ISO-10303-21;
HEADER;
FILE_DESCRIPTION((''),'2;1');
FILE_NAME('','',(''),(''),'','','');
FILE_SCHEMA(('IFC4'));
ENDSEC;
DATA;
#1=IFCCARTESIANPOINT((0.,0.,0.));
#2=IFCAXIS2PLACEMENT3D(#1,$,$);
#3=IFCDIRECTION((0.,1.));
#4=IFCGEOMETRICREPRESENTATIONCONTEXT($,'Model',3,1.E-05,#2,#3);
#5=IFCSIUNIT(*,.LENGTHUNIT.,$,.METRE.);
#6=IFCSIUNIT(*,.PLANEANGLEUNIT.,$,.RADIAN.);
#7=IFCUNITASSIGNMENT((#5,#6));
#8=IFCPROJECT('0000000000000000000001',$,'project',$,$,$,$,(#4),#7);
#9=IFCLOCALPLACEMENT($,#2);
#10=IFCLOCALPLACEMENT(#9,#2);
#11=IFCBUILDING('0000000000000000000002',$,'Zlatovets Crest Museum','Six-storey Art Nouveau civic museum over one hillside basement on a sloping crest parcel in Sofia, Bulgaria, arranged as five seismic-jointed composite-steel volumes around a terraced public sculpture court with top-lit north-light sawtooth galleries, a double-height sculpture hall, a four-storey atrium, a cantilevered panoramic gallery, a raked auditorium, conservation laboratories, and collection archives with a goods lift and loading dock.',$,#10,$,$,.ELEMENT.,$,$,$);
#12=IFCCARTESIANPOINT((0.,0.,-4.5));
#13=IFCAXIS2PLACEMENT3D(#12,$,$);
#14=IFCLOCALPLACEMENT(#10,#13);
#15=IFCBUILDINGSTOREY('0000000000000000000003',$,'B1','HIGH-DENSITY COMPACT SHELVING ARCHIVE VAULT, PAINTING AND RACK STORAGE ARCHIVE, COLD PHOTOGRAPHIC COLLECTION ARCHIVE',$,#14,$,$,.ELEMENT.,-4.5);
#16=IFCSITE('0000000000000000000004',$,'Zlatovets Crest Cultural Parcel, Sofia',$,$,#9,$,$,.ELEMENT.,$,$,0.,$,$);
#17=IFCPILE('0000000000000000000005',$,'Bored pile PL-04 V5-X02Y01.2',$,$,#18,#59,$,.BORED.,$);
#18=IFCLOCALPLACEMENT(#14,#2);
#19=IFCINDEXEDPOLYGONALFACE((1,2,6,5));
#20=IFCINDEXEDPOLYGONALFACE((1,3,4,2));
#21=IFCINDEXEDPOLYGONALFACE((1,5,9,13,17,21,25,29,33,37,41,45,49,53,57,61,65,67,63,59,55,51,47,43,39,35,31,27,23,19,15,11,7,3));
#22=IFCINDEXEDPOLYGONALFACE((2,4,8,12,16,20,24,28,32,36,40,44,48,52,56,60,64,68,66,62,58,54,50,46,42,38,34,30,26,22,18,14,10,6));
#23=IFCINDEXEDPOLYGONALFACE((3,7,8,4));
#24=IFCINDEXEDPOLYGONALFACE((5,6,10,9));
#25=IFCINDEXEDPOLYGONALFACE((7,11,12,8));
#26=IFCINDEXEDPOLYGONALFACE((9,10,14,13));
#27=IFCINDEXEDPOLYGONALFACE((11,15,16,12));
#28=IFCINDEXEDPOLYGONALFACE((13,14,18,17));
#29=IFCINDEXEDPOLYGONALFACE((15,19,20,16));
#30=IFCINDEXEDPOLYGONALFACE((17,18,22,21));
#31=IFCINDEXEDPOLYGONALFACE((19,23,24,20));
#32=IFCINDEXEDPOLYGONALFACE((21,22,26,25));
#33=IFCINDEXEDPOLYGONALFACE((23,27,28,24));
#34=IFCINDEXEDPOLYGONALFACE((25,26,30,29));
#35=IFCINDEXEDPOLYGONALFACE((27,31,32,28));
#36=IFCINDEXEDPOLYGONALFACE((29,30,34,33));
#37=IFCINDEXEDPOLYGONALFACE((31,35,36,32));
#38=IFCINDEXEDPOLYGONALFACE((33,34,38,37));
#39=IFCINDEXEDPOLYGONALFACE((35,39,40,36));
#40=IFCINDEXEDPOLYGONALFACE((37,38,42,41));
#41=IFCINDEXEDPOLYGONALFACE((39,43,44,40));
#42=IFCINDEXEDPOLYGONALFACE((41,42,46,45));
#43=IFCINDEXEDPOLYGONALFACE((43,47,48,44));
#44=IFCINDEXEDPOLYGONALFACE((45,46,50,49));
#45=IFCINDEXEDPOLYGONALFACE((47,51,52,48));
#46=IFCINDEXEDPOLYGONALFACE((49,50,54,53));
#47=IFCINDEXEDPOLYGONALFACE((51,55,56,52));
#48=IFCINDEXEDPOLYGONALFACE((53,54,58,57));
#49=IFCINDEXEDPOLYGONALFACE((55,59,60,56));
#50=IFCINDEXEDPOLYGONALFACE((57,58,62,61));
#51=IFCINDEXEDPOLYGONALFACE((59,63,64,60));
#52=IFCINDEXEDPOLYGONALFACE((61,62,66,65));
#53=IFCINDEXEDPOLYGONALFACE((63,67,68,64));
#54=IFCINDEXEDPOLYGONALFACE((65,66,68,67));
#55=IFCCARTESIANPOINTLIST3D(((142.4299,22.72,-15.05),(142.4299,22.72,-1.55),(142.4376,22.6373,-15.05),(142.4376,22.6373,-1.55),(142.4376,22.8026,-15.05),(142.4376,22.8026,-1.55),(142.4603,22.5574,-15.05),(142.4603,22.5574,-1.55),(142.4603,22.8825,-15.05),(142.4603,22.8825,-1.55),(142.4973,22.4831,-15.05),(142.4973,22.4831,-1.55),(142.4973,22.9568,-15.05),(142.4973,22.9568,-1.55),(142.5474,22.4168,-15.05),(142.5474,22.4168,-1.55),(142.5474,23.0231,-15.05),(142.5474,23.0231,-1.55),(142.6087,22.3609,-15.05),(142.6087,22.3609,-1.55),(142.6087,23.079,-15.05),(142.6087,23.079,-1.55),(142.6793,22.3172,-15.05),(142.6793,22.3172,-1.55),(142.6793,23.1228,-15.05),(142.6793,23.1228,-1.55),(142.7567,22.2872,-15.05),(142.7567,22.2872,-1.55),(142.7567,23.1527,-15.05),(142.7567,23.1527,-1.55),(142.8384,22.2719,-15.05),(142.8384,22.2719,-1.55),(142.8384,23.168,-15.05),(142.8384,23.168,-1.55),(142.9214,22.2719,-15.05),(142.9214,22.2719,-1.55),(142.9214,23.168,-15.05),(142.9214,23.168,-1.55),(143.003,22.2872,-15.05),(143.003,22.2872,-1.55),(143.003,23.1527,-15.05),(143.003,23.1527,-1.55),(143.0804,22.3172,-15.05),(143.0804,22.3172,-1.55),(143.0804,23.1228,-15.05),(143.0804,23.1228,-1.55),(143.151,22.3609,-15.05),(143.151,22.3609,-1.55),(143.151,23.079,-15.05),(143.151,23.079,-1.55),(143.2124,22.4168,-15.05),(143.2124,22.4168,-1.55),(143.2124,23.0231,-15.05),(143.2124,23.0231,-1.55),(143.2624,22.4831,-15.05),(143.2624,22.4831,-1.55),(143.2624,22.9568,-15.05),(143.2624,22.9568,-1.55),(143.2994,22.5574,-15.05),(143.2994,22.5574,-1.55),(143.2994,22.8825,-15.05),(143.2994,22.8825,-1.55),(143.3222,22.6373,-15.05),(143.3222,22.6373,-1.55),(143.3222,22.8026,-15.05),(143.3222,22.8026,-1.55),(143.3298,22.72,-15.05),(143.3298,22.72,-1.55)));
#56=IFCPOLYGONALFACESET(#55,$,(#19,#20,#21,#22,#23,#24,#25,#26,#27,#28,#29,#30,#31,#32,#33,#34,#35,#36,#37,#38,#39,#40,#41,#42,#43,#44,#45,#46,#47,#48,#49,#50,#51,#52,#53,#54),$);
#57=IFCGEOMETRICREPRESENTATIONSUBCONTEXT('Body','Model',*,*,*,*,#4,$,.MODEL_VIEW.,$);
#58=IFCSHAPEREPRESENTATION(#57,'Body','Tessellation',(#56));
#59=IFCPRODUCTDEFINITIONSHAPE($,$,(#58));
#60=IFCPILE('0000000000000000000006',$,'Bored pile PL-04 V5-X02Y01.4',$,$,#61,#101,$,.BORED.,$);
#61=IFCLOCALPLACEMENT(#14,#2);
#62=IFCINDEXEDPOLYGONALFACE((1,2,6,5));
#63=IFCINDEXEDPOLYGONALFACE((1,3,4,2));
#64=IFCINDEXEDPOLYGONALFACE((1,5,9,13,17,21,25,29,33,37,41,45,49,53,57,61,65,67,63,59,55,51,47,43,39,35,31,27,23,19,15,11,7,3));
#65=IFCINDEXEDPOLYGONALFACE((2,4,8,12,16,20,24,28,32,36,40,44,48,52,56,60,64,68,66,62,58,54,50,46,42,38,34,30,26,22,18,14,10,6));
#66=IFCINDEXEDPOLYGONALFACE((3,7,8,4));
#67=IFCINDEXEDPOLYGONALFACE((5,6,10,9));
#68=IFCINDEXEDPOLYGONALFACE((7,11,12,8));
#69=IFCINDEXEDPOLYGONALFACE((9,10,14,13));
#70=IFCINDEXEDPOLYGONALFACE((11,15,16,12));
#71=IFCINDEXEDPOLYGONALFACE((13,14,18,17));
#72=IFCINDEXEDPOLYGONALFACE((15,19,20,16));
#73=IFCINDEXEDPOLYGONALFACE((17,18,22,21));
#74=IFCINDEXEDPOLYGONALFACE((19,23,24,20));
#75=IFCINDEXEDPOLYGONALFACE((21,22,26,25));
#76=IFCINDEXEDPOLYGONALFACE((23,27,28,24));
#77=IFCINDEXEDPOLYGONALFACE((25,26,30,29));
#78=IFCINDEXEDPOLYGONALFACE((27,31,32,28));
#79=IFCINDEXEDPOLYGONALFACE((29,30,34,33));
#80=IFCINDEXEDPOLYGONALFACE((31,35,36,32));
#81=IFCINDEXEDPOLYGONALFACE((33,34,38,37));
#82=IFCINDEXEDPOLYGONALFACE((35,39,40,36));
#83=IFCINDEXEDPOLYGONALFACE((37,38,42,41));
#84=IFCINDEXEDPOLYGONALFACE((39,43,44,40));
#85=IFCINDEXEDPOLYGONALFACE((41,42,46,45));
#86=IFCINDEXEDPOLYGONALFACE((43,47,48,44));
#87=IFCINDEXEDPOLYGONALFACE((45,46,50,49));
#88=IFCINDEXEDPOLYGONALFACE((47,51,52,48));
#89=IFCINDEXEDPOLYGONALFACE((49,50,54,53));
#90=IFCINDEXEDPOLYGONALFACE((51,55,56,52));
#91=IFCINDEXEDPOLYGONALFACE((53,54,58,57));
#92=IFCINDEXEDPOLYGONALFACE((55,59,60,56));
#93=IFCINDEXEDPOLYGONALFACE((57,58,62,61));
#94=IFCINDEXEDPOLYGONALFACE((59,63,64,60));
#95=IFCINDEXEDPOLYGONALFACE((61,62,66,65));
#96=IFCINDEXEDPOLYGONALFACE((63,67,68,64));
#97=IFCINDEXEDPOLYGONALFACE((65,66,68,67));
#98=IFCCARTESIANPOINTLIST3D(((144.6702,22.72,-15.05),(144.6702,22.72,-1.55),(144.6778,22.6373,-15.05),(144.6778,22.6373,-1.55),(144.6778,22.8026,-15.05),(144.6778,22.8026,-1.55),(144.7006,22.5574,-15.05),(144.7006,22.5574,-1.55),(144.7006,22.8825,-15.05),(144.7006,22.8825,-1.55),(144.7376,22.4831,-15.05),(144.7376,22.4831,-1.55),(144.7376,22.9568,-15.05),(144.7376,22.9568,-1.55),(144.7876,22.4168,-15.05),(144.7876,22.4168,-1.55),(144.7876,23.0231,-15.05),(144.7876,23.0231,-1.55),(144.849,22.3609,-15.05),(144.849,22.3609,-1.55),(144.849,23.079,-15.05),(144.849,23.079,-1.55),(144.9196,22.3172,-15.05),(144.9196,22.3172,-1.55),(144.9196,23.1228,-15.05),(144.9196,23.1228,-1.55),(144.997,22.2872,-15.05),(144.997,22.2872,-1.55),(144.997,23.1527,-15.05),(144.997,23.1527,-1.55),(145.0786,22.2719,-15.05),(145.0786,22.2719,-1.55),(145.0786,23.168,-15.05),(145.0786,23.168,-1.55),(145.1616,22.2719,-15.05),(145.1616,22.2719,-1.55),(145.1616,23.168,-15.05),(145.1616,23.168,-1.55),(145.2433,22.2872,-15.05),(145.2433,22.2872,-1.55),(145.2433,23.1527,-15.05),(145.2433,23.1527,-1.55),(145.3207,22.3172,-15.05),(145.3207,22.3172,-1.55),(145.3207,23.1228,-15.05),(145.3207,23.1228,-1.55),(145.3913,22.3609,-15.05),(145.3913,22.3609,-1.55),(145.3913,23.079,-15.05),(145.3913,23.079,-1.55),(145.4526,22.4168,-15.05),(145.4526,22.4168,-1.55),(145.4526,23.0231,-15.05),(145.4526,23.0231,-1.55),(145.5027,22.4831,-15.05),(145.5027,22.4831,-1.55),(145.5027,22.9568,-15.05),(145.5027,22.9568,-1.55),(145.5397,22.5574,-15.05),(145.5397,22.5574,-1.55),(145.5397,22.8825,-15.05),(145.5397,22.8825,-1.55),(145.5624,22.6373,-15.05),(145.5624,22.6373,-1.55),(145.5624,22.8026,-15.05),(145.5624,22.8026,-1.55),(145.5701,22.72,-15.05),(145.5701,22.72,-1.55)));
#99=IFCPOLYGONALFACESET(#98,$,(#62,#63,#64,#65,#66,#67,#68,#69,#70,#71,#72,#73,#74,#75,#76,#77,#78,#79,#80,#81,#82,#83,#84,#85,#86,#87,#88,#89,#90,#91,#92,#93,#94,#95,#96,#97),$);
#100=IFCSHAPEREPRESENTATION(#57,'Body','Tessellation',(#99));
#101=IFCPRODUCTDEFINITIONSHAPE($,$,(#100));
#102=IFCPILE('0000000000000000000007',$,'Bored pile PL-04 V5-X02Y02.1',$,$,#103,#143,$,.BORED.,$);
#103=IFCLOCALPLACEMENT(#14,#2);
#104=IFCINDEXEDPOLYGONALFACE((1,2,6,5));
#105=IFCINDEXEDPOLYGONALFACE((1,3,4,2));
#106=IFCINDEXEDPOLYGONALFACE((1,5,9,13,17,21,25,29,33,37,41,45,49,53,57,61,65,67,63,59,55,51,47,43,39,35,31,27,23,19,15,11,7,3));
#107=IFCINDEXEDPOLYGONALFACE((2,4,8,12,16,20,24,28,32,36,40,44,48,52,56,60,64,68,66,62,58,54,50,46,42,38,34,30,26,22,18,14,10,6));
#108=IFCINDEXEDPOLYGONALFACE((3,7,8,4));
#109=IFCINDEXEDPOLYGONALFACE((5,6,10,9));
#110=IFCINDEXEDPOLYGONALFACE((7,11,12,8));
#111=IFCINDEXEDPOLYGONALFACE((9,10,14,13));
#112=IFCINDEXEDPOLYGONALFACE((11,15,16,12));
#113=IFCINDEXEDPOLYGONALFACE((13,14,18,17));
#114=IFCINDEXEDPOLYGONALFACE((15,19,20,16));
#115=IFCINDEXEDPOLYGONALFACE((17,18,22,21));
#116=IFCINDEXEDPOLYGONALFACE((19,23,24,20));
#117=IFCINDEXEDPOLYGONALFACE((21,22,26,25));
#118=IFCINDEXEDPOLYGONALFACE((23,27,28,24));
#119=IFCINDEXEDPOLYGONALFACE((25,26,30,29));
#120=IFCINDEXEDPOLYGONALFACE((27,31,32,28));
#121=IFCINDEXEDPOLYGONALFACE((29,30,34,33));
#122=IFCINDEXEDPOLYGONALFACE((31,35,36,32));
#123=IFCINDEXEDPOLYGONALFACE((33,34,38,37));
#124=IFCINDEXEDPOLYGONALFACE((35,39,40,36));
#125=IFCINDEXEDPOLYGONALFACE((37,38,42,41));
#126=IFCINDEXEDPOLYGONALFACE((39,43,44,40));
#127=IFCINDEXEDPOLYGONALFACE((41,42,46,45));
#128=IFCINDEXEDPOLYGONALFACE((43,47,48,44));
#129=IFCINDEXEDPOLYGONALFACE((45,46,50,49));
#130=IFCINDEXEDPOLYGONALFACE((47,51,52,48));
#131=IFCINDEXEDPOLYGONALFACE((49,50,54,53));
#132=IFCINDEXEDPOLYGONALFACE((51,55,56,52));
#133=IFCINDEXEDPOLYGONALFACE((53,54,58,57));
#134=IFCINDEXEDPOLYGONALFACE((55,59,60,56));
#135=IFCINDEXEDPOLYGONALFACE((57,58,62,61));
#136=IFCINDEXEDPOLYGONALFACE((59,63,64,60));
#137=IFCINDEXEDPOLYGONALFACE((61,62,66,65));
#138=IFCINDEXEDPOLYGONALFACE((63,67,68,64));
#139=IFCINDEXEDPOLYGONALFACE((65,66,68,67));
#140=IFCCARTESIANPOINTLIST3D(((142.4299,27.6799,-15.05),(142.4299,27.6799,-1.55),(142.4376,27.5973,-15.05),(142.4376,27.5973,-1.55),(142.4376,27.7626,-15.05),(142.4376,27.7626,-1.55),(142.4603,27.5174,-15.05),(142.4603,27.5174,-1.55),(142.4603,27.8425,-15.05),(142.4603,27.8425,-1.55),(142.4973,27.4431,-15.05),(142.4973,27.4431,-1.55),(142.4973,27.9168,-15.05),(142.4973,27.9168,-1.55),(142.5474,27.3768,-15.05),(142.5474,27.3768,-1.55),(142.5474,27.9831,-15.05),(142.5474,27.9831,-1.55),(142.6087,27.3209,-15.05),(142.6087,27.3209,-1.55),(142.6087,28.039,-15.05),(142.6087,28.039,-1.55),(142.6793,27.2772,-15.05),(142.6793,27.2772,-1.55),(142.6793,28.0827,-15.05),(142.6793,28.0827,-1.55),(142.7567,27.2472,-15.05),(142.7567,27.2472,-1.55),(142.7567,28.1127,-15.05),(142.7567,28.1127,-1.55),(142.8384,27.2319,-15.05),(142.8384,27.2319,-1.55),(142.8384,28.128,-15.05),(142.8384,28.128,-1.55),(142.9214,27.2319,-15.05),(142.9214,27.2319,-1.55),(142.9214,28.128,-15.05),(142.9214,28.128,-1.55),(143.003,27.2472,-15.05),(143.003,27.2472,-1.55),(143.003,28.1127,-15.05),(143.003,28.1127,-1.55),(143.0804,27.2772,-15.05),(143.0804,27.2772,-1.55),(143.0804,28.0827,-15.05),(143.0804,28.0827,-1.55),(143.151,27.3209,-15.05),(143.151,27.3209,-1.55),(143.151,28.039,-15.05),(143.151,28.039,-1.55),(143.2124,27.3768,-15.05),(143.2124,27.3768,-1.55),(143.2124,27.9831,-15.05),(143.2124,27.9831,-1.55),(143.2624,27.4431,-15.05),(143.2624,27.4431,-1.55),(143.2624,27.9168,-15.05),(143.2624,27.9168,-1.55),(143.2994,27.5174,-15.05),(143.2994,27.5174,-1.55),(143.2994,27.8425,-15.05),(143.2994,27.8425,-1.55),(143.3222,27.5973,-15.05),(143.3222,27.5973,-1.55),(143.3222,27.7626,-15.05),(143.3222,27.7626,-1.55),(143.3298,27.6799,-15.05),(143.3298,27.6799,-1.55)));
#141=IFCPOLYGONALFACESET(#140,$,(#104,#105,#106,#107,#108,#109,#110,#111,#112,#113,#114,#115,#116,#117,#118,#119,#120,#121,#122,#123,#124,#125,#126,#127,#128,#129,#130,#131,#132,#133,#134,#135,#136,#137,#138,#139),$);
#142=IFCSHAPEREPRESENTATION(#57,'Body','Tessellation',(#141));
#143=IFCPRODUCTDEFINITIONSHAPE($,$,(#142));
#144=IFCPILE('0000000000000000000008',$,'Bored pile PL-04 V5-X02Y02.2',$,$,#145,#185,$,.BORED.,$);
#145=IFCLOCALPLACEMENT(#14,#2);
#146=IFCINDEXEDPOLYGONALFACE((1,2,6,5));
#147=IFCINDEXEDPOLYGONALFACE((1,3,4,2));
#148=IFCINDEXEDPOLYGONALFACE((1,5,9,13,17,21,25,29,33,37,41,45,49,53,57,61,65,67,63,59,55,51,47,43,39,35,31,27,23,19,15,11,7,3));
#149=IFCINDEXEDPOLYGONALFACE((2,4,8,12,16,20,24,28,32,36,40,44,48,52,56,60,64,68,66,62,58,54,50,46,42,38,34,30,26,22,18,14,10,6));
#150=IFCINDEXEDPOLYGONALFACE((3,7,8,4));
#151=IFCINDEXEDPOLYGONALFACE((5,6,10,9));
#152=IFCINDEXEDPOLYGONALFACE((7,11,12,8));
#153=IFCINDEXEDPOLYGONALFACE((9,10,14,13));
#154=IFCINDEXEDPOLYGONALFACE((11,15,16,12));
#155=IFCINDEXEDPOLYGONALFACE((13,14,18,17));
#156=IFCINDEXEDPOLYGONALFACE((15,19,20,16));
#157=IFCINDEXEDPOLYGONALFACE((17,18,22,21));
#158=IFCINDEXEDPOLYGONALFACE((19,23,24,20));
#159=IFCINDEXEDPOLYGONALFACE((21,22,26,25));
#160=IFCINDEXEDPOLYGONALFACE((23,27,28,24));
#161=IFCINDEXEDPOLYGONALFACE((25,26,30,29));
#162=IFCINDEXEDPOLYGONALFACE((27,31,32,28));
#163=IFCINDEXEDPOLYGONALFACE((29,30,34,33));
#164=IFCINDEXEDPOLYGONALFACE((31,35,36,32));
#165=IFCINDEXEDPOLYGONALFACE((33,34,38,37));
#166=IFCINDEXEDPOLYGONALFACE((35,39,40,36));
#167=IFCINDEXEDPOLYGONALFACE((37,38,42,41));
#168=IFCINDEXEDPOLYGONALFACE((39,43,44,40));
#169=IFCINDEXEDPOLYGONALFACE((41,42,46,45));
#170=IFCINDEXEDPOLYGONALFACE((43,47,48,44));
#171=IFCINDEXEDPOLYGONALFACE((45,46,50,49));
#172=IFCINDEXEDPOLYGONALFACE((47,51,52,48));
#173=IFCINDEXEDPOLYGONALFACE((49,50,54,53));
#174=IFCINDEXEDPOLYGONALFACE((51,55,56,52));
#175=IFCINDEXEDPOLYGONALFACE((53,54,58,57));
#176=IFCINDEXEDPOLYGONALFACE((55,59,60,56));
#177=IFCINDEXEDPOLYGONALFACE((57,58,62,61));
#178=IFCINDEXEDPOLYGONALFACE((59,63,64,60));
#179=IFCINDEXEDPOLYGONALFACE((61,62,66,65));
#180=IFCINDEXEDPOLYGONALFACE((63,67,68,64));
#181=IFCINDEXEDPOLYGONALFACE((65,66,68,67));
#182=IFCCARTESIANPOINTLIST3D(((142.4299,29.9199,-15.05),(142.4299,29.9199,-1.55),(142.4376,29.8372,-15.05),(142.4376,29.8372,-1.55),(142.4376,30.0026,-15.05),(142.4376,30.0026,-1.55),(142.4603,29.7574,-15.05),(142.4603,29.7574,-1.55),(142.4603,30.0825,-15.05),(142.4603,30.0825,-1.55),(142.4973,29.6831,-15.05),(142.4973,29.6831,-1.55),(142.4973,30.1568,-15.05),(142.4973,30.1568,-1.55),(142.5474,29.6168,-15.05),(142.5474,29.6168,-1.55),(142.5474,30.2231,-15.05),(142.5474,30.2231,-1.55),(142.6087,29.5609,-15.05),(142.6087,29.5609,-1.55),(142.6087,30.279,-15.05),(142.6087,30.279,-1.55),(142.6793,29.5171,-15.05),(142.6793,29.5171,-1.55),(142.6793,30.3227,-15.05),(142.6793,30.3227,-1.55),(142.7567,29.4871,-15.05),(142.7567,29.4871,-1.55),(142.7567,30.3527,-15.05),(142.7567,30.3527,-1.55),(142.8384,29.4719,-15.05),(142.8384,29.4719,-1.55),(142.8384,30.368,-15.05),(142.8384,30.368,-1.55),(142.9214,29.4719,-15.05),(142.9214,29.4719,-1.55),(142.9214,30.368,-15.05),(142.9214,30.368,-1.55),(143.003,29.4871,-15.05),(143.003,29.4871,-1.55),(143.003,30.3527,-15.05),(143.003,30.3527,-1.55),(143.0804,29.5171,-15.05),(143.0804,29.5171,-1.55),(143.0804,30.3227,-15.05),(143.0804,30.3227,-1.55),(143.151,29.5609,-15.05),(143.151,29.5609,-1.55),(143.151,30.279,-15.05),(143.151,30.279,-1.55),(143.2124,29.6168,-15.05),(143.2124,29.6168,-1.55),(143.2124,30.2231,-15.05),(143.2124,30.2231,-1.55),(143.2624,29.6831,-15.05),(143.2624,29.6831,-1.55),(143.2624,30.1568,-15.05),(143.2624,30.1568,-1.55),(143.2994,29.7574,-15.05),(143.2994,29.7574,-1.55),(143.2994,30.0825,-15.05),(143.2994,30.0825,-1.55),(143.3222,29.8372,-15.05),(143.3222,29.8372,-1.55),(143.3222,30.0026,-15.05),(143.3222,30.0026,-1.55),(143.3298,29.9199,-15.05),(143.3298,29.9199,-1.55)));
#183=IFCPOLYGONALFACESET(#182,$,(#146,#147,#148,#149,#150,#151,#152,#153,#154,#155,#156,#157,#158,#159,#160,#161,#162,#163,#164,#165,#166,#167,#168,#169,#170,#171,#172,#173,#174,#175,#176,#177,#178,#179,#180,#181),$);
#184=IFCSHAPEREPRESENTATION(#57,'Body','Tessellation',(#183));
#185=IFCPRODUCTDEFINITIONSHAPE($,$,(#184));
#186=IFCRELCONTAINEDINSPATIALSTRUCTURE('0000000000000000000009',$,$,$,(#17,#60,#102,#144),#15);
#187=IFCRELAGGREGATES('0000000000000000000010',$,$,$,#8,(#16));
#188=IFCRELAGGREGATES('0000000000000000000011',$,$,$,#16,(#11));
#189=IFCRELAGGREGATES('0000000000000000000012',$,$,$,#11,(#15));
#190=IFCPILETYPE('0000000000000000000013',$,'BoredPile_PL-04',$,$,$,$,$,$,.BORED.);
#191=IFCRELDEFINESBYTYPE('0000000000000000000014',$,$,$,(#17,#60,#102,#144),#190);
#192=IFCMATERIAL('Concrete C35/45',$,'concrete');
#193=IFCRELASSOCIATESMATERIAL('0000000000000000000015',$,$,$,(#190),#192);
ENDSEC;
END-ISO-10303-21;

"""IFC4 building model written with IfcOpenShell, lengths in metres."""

from ifc_helpers import new_model, si_unit, direction, frame, origin, origin_2d, place, context, subcontext, project, spatial, circle, extrude, material, material_profile, profile_set, type_object, element, save


model = new_model("IFC4")

# Units and contexts
model_context = context("Model", 3, precision=1e-05, world=origin(), true_north=direction((0.0, 1.0)))
body_context = subcontext(model_context, "Body", "Model", "MODEL_VIEW")
ifc_project = project(units=[si_unit("LENGTHUNIT", "METRE"), si_unit("PLANEANGLEUNIT", "RADIAN")], contexts=[model_context])

# Site, building, storey
site_placement = place(None, origin())
site = spatial("IfcSite", under=ifc_project, at=site_placement, Name="Zlatovets Crest Cultural Parcel, Sofia", CompositionType="ELEMENT", RefElevation=0.0)
building_placement = place(site_placement, origin())
building = spatial("IfcBuilding", under=site, at=building_placement, Name="Zlatovets Crest Museum", Description="Six-storey Art Nouveau civic museum over one hillside basement on a sloping crest parcel in Sofia, Bulgaria, arranged as five seismic-jointed composite-steel volumes around a terraced public sculpture court with top-lit north-light sawtooth galleries, a double-height sculpture hall, a four-storey atrium, a cantilevered panoramic gallery, a raked auditorium, conservation laboratories, and collection archives with a goods lift and loading dock.", CompositionType="ELEMENT")
storey_placement = place(building_placement, frame((0.0, 0.0, -4.5)))
storey = spatial("IfcBuildingStorey", under=building, at=storey_placement, Name="B1", Description="HIGH-DENSITY COMPACT SHELVING ARCHIVE VAULT, PAINTING AND RACK STORAGE ARCHIVE, COLD PHOTOGRAPHIC COLLECTION ARCHIVE", CompositionType="ELEMENT", Elevation=-4.5)

# Piles
ifc_material = material(Name="Concrete C35/45", Category="concrete")
ifc_material_profile_1 = material_profile(ifc_material, circle(Radius=0.45, at=origin_2d()), Name="PILE D900")
ifc_profile_set_1 = profile_set([ifc_material_profile_1], Name="Concrete C35/45")
pile_type = type_object("IfcPileType", Name="BoredPile_PL-04", PredefinedType="BORED", material=ifc_profile_set_1)
for number, where, z_axis, x_axis, name in (
    (1, (142.8799, 22.72, -1.55), (0.0, 0.0, -1.0), (1.0, 0.0, 0.0), "Bored pile PL-04 V5-X02Y01.2"),
    (2, (145.1201, 22.72, -1.55), (0.0, 0.0, -1.0), (1.0, 0.0, 0.0), "Bored pile PL-04 V5-X02Y01.4"),
    (3, (142.8799, 27.6799, -1.55), (0.0, 0.0, -1.0), (1.0, 0.0, 0.0), "Bored pile PL-04 V5-X02Y02.1"),
    (4, (142.8799, 29.9199, -1.55), (0.0, 0.0, -1.0), (1.0, 0.0, 0.0), "Bored pile PL-04 V5-X02Y02.2"),
):
    element("IfcPile", number, at=place(storey_placement, frame(where, z_axis=z_axis, x_axis=x_axis)), inside=storey, type_object=pile_type, Name=name, PredefinedType="BORED", context=body_context, shape_type="SweptSolid", body=[
        extrude(circle(Radius=0.45, at=origin_2d()), origin(), (0.0, 0.0, 1.0), 13.5),
    ])

save(model, "model.ifc")
